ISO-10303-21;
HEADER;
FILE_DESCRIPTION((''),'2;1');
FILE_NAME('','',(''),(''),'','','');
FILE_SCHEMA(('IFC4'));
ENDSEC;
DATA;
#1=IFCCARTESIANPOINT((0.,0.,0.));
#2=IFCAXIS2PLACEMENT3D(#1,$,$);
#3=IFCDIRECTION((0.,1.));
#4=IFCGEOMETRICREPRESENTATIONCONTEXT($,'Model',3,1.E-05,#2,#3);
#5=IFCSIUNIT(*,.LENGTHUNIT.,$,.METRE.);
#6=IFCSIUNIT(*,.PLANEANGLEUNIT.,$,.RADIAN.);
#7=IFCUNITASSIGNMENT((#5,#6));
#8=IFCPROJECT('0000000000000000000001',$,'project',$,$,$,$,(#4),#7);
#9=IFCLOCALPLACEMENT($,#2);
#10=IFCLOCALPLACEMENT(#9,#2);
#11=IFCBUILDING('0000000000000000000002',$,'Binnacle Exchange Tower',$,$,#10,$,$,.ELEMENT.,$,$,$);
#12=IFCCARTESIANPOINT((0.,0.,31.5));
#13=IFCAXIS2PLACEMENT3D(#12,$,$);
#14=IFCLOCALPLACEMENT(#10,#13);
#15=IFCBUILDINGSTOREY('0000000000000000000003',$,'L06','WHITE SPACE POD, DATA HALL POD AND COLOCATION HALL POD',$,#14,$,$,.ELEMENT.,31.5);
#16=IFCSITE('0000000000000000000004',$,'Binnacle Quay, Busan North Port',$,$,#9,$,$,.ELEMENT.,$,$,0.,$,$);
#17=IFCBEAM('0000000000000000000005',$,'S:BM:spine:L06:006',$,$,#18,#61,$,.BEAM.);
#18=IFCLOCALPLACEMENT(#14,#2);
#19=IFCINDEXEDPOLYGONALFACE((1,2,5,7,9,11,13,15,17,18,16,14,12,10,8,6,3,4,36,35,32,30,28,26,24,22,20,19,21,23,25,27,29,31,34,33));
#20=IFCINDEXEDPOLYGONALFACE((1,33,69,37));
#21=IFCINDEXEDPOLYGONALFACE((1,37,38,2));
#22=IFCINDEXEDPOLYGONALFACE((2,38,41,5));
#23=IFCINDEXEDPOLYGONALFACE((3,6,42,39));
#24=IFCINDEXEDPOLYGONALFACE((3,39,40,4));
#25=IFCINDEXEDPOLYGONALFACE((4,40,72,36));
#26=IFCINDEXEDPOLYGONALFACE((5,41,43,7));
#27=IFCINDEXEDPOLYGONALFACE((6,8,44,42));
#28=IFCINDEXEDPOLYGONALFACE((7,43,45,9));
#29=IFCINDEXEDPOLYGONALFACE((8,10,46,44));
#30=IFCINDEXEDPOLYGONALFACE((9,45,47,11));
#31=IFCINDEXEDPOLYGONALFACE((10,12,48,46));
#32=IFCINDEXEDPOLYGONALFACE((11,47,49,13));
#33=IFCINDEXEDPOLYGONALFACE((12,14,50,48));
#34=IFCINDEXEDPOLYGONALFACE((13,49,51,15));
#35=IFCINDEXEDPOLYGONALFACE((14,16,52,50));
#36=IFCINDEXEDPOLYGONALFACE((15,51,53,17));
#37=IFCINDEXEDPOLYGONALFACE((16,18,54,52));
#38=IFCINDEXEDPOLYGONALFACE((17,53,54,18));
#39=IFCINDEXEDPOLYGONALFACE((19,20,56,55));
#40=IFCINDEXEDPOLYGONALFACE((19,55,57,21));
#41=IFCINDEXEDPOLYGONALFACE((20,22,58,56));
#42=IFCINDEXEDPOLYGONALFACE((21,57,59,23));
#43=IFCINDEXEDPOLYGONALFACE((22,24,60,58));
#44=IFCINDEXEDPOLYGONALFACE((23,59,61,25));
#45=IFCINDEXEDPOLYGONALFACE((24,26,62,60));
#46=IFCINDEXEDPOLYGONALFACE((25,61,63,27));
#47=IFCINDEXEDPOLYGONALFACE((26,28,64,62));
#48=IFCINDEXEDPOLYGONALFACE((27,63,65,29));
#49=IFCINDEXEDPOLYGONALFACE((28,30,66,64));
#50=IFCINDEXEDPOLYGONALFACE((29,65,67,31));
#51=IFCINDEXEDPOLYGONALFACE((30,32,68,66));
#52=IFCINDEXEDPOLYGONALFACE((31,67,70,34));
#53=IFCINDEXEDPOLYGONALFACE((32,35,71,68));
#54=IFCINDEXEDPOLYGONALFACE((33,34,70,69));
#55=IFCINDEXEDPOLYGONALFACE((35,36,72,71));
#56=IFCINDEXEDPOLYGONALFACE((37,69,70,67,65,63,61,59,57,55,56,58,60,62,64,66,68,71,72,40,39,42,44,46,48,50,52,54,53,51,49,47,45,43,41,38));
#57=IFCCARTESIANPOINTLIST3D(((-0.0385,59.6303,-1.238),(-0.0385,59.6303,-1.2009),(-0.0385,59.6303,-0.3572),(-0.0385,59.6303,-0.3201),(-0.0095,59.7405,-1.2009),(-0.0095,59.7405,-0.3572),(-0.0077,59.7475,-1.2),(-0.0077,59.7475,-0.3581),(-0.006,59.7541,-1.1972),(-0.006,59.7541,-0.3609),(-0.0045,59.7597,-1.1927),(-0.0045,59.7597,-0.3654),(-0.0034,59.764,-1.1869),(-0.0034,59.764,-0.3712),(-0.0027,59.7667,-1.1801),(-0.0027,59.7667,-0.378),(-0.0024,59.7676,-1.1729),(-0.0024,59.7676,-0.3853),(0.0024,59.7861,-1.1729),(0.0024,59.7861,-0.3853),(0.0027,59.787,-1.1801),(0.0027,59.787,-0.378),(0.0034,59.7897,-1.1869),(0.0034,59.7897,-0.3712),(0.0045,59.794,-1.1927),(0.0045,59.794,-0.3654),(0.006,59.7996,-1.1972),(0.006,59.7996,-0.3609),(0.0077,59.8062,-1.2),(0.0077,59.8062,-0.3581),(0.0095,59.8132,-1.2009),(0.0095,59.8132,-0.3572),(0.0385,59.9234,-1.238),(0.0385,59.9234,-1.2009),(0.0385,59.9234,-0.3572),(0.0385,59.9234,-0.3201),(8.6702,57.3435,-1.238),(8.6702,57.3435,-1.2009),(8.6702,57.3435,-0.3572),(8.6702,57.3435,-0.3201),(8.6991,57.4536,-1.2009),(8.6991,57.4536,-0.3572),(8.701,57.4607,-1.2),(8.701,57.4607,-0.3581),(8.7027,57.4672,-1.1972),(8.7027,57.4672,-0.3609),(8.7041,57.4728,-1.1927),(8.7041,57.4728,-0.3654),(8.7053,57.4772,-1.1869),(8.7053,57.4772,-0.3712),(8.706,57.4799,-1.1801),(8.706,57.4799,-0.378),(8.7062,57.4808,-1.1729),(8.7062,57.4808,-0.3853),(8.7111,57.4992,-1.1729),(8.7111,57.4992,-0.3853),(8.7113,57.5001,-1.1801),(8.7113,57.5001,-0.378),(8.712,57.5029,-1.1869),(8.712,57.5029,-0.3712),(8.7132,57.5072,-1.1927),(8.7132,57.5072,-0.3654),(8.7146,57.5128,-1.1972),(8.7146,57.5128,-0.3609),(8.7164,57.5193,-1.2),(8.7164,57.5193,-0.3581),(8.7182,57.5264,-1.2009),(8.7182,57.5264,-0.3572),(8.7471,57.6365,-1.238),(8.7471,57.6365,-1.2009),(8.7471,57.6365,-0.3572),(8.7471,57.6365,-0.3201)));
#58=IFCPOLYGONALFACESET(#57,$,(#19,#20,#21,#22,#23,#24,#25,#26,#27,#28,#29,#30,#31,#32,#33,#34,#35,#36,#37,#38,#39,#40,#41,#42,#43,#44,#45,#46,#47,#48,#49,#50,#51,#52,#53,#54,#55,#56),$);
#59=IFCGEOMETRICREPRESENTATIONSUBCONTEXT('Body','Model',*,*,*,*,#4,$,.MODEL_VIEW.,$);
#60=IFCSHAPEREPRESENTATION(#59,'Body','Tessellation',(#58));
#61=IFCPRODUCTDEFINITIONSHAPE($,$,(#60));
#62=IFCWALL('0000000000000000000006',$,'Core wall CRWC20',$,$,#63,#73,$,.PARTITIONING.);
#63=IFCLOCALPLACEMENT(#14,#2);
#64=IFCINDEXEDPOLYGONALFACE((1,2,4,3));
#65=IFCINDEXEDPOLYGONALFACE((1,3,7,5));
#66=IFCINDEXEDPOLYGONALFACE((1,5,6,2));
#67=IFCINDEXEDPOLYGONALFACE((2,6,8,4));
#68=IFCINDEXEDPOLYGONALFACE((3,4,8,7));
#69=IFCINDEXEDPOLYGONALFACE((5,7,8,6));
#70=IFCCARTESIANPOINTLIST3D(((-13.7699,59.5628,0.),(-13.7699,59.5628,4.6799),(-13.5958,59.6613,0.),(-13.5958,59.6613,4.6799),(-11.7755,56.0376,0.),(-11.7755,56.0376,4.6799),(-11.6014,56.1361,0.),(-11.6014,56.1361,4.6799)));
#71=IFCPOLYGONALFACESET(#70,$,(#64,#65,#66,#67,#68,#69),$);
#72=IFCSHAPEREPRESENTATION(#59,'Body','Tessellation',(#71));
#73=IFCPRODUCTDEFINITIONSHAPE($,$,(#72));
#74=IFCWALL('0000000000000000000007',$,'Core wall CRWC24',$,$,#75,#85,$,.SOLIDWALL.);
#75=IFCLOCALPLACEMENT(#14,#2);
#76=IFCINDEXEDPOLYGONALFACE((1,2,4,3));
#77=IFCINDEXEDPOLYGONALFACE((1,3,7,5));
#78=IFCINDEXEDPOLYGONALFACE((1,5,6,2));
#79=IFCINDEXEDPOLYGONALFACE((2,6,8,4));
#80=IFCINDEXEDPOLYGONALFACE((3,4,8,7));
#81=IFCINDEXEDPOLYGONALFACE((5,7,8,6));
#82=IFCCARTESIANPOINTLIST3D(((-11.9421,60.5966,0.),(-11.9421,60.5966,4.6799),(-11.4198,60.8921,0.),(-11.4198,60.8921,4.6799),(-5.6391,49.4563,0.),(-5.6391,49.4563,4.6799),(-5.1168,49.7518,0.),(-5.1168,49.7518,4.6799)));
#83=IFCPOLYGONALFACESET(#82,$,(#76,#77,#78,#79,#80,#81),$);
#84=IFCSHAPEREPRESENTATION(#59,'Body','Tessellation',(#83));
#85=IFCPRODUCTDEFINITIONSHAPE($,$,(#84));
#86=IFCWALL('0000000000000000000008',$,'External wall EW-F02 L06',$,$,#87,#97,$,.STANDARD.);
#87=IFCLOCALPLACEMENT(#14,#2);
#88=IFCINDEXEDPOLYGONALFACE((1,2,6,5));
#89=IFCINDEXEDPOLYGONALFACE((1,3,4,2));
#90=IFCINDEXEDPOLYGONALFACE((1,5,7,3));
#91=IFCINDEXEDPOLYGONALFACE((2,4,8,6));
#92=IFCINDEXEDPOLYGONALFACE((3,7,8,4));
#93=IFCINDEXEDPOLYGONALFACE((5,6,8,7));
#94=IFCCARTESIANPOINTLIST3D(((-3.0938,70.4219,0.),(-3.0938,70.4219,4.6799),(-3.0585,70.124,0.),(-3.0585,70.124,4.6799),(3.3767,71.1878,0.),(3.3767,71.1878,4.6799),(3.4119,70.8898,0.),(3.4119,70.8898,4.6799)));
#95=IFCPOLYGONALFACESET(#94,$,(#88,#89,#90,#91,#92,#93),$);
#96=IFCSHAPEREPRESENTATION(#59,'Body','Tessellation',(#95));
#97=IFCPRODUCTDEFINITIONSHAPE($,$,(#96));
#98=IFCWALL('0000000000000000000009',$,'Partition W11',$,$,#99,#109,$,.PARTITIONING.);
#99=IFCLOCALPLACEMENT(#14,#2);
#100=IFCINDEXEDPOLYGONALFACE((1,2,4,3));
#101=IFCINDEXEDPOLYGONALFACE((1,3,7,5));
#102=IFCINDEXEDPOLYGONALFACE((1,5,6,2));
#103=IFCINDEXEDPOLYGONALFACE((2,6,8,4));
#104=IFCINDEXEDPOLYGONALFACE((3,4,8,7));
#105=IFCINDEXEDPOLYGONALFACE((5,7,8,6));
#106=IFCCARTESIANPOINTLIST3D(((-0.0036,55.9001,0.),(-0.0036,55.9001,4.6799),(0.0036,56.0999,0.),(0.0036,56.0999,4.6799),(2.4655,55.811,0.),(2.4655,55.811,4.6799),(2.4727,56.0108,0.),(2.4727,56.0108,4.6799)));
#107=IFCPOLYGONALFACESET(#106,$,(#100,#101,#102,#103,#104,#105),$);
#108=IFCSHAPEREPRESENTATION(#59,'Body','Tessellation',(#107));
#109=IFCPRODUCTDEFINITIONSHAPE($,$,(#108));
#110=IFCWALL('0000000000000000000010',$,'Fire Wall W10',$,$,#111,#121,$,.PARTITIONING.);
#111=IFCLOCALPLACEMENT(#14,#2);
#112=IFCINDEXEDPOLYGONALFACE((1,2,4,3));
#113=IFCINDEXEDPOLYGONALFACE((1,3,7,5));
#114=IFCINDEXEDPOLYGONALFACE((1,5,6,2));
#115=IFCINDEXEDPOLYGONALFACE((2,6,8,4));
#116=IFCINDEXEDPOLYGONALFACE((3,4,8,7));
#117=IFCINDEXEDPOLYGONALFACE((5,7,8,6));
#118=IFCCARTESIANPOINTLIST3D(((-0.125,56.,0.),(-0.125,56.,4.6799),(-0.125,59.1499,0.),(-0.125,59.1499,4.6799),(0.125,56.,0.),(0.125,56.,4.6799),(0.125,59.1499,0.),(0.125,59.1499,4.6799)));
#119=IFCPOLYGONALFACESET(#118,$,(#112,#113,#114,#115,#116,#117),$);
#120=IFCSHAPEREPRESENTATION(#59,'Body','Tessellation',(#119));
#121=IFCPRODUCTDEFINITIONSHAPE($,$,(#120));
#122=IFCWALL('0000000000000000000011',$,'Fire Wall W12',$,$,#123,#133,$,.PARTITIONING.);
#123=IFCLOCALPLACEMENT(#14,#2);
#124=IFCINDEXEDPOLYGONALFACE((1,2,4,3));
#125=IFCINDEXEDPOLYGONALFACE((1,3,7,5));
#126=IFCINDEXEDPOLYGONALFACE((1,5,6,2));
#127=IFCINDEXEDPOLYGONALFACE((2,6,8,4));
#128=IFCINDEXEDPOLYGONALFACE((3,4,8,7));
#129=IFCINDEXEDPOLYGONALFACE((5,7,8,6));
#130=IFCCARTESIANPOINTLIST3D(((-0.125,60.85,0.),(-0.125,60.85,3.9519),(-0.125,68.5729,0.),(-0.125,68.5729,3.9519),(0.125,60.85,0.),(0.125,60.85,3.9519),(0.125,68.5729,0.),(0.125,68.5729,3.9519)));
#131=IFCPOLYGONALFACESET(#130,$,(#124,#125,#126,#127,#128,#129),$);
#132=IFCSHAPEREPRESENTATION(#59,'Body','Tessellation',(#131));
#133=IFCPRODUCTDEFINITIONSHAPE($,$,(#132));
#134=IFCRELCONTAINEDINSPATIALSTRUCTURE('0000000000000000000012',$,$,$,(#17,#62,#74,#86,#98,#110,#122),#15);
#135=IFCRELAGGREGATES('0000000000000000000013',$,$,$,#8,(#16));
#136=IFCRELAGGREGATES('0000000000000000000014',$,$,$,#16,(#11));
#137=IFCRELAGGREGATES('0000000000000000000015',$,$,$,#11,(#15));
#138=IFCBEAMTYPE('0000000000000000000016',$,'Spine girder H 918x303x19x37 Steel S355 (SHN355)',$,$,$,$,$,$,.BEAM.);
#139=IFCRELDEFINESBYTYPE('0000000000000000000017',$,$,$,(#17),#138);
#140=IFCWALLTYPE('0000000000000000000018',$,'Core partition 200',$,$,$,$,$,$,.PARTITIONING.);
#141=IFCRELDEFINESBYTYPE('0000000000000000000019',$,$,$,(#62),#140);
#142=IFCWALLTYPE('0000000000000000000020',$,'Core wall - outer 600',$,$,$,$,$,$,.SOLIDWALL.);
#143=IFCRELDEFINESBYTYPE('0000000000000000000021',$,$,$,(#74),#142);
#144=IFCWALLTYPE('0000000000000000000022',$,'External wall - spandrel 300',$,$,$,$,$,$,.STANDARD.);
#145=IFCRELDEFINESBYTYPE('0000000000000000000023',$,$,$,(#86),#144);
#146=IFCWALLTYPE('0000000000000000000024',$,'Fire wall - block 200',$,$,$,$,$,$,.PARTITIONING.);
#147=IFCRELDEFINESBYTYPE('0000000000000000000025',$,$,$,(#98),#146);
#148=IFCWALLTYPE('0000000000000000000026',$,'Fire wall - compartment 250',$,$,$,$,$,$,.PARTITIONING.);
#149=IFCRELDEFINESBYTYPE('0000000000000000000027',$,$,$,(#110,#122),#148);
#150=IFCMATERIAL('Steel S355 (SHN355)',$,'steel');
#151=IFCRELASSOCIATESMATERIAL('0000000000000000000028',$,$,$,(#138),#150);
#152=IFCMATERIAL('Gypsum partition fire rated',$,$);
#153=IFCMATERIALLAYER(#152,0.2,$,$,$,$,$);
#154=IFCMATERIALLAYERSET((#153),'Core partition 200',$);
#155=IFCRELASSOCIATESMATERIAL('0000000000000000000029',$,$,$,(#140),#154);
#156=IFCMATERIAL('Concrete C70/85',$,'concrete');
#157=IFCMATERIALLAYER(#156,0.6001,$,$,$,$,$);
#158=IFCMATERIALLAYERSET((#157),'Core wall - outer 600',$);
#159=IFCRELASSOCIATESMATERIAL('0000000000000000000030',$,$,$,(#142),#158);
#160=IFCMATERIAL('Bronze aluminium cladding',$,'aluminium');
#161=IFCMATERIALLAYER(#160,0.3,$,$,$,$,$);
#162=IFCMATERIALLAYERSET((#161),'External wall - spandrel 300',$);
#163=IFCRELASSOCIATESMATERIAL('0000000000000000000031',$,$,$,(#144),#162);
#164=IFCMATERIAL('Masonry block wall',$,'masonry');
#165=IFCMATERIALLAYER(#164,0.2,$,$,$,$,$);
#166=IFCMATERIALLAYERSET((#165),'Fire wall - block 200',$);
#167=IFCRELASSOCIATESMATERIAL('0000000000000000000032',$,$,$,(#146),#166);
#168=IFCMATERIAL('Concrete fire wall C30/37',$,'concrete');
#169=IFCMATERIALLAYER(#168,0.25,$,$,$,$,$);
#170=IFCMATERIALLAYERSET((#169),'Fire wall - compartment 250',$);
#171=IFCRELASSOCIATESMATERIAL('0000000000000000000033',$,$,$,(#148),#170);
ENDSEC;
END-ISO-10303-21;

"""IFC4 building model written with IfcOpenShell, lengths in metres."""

from ifc_helpers import new_model, si_unit, direction, frame, frame_2d, origin, origin_2d, place, context, subcontext, project, spatial, rectangle, i_section, extrude, material, layer, layer_set, material_profile, profile_set, type_object, element, save


model = new_model("IFC4")

# Units and contexts
model_context = context("Model", 3, precision=1e-05, world=origin(), true_north=direction((0.0, 1.0)))
body_context = subcontext(model_context, "Body", "Model", "MODEL_VIEW")
ifc_project = project(units=[si_unit("LENGTHUNIT", "METRE"), si_unit("PLANEANGLEUNIT", "RADIAN")], contexts=[model_context])

# Site, building, storey
site_placement = place(None, origin())
site = spatial("IfcSite", under=ifc_project, at=site_placement, Name="Binnacle Quay, Busan North Port", CompositionType="ELEMENT", RefElevation=0.0)
building_placement = place(site_placement, origin())
building = spatial("IfcBuilding", under=site, at=building_placement, Name="Binnacle Exchange Tower", CompositionType="ELEMENT")
storey_placement = place(building_placement, frame((0.0, 0.0, 31.5)))
storey = spatial("IfcBuildingStorey", under=building, at=storey_placement, Name="L06", Description="WHITE SPACE POD, DATA HALL POD AND COLOCATION HALL POD", CompositionType="ELEMENT", Elevation=31.5)

# Shared definitions
ifc_material_1 = material(Name="Concrete C70/85", Category="concrete")

# Beam
ifc_material_2 = material(Name="Steel S355 (SHN355)", Category="steel")
ifc_material_profile_1 = material_profile(ifc_material_2, i_section(OverallWidth=0.303, OverallDepth=0.918, WebThickness=0.019, FlangeThickness=0.0371, FilletRadius=0.0281, at=origin_2d()), Name="H 918x303x19x37")
ifc_profile_set_1 = profile_set([ifc_material_profile_1], Name="Steel S355 (SHN355)")
beam_type_1 = type_object("IfcBeamType", Name="Spine girder H 918x303x19x37 Steel S355 (SHN355)", PredefinedType="BEAM", material=ifc_profile_set_1)
beam_1_placement = place(storey_placement, frame((0.0, 59.7769, -0.7791), z_axis=(0.967209, -0.253983, 0.0), x_axis=(0.253983, 0.967209, 0.0)))
element("IfcBeam", 1, at=beam_1_placement, inside=storey, type_object=beam_type_1, Name="S:BM:spine:L06:006", PredefinedType="BEAM", context=body_context, shape_type="SweptSolid", body=[
    extrude(i_section(OverallWidth=0.303, OverallDepth=0.918, WebThickness=0.019, FlangeThickness=0.0371, FilletRadius=0.0281, at=origin_2d()), origin(), (0.0, 0.0, 1.0), 9.0039),
])

# Walls
ifc_material_3 = material(Name="Gypsum partition fire rated")
ifc_layer_1 = layer(ifc_material_3, 0.2)
ifc_layer_set_1 = layer_set([ifc_layer_1], Name="Core partition 200")
wall_type_1 = type_object("IfcWallType", Name="Core partition 200", PredefinedType="PARTITIONING", material=ifc_layer_set_1)
wall_1_placement = place(storey_placement, frame((-13.6829, 59.6121, 0.0), z_axis=(0.0, 0.0, 1.0), x_axis=(0.492415, -0.870361, 0.0)))
element("IfcWall", 2, at=wall_1_placement, inside=storey, type_object=wall_type_1, Name="Core wall CRWC20", PredefinedType="PARTITIONING", context=body_context, shape_type="SweptSolid", body=[
    extrude(rectangle(XDim=4.0503, YDim=0.2, at=frame_2d((2.0251, 0.0))), origin(), (0.0, 0.0, 1.0), 4.6799),
])
ifc_layer_2 = layer(ifc_material_1, 0.6001)
ifc_layer_set_2 = layer_set([ifc_layer_2], Name="Core wall - outer 600")
wall_type_2 = type_object("IfcWallType", Name="Core wall - outer 600", PredefinedType="SOLIDWALL", material=ifc_layer_set_2)
wall_2_placement = place(storey_placement, frame((-11.6809, 60.7444, 0.0), z_axis=(0.0, 0.0, 1.0), x_axis=(0.492427, -0.870354, 0.0)))
element("IfcWall", 3, at=wall_2_placement, inside=storey, type_object=wall_type_2, Name="Core wall CRWC24", PredefinedType="SOLIDWALL", context=body_context, shape_type="SweptSolid", body=[
    extrude(rectangle(XDim=12.7998, YDim=0.6001, at=frame_2d((6.3999, 0.0))), origin(), (0.0, 0.0, 1.0), 4.6799),
])
ifc_material_4 = material(Name="Bronze aluminium cladding", Category="aluminium")
ifc_layer_3 = layer(ifc_material_4, 0.3)
ifc_layer_set_3 = layer_set([ifc_layer_3], Name="External wall - spandrel 300")
wall_type_3 = type_object("IfcWallType", Name="External wall - spandrel 300", PredefinedType="STANDARD", material=ifc_layer_set_3)
wall_3_placement = place(storey_placement, frame((-3.0762, 70.2729, 0.0), z_axis=(0.0, 0.0, 1.0), x_axis=(0.993068, 0.117543, 0.0)))
element("IfcWall", 4, at=wall_3_placement, inside=storey, type_object=wall_type_3, Name="External wall EW-F02 L06", PredefinedType="STANDARD", context=body_context, shape_type="SweptSolid", body=[
    extrude(rectangle(XDim=6.5156, YDim=0.3, at=frame_2d((3.2578, 0.0))), origin(), (0.0, 0.0, 1.0), 4.6799),
])
ifc_material_5 = material(Name="Masonry block wall", Category="masonry")
ifc_layer_4 = layer(ifc_material_5, 0.2)
ifc_layer_set_4 = layer_set([ifc_layer_4], Name="Fire wall - block 200")
wall_type_4 = type_object("IfcWallType", Name="Fire wall - block 200", PredefinedType="PARTITIONING", material=ifc_layer_set_4)
wall_4_placement = place(storey_placement, frame((0.0, 56.0, 0.0), z_axis=(0.0, 0.0, 1.0), x_axis=(0.999349, -0.036069, 0.0)))
element("IfcWall", 5, at=wall_4_placement, inside=storey, type_object=wall_type_4, Name="Partition W11", PredefinedType="PARTITIONING", context=body_context, shape_type="SweptSolid", body=[
    extrude(rectangle(XDim=2.4707, YDim=0.2, at=frame_2d((1.2354, 0.0))), origin(), (0.0, 0.0, 1.0), 4.6799),
])
ifc_material_6 = material(Name="Concrete fire wall C30/37", Category="concrete")
ifc_layer_5 = layer(ifc_material_6, 0.25)
ifc_layer_set_5 = layer_set([ifc_layer_5], Name="Fire wall - compartment 250")
wall_type_5 = type_object("IfcWallType", Name="Fire wall - compartment 250", PredefinedType="PARTITIONING", material=ifc_layer_set_5)
wall_5_placement = place(storey_placement, frame((0.0, 56.0, 0.0), z_axis=(0.0, 0.0, 1.0), x_axis=(0.0, 1.0, 0.0)))
element("IfcWall", 6, at=wall_5_placement, inside=storey, type_object=wall_type_5, Name="Fire Wall W10", PredefinedType="PARTITIONING", context=body_context, shape_type="SweptSolid", body=[
    extrude(rectangle(XDim=3.1499, YDim=0.25, at=frame_2d((1.575, 0.0))), origin(), (0.0, 0.0, 1.0), 4.6799),
])
wall_6_placement = place(storey_placement, frame((0.0, 60.8501, 0.0), z_axis=(0.0, 0.0, 1.0), x_axis=(0.0, 1.0, 0.0)))
element("IfcWall", 7, at=wall_6_placement, inside=storey, type_object=wall_type_5, Name="Fire Wall W12", PredefinedType="PARTITIONING", context=body_context, shape_type="SweptSolid", body=[
    extrude(rectangle(XDim=7.7229, YDim=0.25, at=frame_2d((3.8613, 0.0))), origin(), (0.0, 0.0, 1.0), 3.9519),
])

save(model, "model.ifc")
